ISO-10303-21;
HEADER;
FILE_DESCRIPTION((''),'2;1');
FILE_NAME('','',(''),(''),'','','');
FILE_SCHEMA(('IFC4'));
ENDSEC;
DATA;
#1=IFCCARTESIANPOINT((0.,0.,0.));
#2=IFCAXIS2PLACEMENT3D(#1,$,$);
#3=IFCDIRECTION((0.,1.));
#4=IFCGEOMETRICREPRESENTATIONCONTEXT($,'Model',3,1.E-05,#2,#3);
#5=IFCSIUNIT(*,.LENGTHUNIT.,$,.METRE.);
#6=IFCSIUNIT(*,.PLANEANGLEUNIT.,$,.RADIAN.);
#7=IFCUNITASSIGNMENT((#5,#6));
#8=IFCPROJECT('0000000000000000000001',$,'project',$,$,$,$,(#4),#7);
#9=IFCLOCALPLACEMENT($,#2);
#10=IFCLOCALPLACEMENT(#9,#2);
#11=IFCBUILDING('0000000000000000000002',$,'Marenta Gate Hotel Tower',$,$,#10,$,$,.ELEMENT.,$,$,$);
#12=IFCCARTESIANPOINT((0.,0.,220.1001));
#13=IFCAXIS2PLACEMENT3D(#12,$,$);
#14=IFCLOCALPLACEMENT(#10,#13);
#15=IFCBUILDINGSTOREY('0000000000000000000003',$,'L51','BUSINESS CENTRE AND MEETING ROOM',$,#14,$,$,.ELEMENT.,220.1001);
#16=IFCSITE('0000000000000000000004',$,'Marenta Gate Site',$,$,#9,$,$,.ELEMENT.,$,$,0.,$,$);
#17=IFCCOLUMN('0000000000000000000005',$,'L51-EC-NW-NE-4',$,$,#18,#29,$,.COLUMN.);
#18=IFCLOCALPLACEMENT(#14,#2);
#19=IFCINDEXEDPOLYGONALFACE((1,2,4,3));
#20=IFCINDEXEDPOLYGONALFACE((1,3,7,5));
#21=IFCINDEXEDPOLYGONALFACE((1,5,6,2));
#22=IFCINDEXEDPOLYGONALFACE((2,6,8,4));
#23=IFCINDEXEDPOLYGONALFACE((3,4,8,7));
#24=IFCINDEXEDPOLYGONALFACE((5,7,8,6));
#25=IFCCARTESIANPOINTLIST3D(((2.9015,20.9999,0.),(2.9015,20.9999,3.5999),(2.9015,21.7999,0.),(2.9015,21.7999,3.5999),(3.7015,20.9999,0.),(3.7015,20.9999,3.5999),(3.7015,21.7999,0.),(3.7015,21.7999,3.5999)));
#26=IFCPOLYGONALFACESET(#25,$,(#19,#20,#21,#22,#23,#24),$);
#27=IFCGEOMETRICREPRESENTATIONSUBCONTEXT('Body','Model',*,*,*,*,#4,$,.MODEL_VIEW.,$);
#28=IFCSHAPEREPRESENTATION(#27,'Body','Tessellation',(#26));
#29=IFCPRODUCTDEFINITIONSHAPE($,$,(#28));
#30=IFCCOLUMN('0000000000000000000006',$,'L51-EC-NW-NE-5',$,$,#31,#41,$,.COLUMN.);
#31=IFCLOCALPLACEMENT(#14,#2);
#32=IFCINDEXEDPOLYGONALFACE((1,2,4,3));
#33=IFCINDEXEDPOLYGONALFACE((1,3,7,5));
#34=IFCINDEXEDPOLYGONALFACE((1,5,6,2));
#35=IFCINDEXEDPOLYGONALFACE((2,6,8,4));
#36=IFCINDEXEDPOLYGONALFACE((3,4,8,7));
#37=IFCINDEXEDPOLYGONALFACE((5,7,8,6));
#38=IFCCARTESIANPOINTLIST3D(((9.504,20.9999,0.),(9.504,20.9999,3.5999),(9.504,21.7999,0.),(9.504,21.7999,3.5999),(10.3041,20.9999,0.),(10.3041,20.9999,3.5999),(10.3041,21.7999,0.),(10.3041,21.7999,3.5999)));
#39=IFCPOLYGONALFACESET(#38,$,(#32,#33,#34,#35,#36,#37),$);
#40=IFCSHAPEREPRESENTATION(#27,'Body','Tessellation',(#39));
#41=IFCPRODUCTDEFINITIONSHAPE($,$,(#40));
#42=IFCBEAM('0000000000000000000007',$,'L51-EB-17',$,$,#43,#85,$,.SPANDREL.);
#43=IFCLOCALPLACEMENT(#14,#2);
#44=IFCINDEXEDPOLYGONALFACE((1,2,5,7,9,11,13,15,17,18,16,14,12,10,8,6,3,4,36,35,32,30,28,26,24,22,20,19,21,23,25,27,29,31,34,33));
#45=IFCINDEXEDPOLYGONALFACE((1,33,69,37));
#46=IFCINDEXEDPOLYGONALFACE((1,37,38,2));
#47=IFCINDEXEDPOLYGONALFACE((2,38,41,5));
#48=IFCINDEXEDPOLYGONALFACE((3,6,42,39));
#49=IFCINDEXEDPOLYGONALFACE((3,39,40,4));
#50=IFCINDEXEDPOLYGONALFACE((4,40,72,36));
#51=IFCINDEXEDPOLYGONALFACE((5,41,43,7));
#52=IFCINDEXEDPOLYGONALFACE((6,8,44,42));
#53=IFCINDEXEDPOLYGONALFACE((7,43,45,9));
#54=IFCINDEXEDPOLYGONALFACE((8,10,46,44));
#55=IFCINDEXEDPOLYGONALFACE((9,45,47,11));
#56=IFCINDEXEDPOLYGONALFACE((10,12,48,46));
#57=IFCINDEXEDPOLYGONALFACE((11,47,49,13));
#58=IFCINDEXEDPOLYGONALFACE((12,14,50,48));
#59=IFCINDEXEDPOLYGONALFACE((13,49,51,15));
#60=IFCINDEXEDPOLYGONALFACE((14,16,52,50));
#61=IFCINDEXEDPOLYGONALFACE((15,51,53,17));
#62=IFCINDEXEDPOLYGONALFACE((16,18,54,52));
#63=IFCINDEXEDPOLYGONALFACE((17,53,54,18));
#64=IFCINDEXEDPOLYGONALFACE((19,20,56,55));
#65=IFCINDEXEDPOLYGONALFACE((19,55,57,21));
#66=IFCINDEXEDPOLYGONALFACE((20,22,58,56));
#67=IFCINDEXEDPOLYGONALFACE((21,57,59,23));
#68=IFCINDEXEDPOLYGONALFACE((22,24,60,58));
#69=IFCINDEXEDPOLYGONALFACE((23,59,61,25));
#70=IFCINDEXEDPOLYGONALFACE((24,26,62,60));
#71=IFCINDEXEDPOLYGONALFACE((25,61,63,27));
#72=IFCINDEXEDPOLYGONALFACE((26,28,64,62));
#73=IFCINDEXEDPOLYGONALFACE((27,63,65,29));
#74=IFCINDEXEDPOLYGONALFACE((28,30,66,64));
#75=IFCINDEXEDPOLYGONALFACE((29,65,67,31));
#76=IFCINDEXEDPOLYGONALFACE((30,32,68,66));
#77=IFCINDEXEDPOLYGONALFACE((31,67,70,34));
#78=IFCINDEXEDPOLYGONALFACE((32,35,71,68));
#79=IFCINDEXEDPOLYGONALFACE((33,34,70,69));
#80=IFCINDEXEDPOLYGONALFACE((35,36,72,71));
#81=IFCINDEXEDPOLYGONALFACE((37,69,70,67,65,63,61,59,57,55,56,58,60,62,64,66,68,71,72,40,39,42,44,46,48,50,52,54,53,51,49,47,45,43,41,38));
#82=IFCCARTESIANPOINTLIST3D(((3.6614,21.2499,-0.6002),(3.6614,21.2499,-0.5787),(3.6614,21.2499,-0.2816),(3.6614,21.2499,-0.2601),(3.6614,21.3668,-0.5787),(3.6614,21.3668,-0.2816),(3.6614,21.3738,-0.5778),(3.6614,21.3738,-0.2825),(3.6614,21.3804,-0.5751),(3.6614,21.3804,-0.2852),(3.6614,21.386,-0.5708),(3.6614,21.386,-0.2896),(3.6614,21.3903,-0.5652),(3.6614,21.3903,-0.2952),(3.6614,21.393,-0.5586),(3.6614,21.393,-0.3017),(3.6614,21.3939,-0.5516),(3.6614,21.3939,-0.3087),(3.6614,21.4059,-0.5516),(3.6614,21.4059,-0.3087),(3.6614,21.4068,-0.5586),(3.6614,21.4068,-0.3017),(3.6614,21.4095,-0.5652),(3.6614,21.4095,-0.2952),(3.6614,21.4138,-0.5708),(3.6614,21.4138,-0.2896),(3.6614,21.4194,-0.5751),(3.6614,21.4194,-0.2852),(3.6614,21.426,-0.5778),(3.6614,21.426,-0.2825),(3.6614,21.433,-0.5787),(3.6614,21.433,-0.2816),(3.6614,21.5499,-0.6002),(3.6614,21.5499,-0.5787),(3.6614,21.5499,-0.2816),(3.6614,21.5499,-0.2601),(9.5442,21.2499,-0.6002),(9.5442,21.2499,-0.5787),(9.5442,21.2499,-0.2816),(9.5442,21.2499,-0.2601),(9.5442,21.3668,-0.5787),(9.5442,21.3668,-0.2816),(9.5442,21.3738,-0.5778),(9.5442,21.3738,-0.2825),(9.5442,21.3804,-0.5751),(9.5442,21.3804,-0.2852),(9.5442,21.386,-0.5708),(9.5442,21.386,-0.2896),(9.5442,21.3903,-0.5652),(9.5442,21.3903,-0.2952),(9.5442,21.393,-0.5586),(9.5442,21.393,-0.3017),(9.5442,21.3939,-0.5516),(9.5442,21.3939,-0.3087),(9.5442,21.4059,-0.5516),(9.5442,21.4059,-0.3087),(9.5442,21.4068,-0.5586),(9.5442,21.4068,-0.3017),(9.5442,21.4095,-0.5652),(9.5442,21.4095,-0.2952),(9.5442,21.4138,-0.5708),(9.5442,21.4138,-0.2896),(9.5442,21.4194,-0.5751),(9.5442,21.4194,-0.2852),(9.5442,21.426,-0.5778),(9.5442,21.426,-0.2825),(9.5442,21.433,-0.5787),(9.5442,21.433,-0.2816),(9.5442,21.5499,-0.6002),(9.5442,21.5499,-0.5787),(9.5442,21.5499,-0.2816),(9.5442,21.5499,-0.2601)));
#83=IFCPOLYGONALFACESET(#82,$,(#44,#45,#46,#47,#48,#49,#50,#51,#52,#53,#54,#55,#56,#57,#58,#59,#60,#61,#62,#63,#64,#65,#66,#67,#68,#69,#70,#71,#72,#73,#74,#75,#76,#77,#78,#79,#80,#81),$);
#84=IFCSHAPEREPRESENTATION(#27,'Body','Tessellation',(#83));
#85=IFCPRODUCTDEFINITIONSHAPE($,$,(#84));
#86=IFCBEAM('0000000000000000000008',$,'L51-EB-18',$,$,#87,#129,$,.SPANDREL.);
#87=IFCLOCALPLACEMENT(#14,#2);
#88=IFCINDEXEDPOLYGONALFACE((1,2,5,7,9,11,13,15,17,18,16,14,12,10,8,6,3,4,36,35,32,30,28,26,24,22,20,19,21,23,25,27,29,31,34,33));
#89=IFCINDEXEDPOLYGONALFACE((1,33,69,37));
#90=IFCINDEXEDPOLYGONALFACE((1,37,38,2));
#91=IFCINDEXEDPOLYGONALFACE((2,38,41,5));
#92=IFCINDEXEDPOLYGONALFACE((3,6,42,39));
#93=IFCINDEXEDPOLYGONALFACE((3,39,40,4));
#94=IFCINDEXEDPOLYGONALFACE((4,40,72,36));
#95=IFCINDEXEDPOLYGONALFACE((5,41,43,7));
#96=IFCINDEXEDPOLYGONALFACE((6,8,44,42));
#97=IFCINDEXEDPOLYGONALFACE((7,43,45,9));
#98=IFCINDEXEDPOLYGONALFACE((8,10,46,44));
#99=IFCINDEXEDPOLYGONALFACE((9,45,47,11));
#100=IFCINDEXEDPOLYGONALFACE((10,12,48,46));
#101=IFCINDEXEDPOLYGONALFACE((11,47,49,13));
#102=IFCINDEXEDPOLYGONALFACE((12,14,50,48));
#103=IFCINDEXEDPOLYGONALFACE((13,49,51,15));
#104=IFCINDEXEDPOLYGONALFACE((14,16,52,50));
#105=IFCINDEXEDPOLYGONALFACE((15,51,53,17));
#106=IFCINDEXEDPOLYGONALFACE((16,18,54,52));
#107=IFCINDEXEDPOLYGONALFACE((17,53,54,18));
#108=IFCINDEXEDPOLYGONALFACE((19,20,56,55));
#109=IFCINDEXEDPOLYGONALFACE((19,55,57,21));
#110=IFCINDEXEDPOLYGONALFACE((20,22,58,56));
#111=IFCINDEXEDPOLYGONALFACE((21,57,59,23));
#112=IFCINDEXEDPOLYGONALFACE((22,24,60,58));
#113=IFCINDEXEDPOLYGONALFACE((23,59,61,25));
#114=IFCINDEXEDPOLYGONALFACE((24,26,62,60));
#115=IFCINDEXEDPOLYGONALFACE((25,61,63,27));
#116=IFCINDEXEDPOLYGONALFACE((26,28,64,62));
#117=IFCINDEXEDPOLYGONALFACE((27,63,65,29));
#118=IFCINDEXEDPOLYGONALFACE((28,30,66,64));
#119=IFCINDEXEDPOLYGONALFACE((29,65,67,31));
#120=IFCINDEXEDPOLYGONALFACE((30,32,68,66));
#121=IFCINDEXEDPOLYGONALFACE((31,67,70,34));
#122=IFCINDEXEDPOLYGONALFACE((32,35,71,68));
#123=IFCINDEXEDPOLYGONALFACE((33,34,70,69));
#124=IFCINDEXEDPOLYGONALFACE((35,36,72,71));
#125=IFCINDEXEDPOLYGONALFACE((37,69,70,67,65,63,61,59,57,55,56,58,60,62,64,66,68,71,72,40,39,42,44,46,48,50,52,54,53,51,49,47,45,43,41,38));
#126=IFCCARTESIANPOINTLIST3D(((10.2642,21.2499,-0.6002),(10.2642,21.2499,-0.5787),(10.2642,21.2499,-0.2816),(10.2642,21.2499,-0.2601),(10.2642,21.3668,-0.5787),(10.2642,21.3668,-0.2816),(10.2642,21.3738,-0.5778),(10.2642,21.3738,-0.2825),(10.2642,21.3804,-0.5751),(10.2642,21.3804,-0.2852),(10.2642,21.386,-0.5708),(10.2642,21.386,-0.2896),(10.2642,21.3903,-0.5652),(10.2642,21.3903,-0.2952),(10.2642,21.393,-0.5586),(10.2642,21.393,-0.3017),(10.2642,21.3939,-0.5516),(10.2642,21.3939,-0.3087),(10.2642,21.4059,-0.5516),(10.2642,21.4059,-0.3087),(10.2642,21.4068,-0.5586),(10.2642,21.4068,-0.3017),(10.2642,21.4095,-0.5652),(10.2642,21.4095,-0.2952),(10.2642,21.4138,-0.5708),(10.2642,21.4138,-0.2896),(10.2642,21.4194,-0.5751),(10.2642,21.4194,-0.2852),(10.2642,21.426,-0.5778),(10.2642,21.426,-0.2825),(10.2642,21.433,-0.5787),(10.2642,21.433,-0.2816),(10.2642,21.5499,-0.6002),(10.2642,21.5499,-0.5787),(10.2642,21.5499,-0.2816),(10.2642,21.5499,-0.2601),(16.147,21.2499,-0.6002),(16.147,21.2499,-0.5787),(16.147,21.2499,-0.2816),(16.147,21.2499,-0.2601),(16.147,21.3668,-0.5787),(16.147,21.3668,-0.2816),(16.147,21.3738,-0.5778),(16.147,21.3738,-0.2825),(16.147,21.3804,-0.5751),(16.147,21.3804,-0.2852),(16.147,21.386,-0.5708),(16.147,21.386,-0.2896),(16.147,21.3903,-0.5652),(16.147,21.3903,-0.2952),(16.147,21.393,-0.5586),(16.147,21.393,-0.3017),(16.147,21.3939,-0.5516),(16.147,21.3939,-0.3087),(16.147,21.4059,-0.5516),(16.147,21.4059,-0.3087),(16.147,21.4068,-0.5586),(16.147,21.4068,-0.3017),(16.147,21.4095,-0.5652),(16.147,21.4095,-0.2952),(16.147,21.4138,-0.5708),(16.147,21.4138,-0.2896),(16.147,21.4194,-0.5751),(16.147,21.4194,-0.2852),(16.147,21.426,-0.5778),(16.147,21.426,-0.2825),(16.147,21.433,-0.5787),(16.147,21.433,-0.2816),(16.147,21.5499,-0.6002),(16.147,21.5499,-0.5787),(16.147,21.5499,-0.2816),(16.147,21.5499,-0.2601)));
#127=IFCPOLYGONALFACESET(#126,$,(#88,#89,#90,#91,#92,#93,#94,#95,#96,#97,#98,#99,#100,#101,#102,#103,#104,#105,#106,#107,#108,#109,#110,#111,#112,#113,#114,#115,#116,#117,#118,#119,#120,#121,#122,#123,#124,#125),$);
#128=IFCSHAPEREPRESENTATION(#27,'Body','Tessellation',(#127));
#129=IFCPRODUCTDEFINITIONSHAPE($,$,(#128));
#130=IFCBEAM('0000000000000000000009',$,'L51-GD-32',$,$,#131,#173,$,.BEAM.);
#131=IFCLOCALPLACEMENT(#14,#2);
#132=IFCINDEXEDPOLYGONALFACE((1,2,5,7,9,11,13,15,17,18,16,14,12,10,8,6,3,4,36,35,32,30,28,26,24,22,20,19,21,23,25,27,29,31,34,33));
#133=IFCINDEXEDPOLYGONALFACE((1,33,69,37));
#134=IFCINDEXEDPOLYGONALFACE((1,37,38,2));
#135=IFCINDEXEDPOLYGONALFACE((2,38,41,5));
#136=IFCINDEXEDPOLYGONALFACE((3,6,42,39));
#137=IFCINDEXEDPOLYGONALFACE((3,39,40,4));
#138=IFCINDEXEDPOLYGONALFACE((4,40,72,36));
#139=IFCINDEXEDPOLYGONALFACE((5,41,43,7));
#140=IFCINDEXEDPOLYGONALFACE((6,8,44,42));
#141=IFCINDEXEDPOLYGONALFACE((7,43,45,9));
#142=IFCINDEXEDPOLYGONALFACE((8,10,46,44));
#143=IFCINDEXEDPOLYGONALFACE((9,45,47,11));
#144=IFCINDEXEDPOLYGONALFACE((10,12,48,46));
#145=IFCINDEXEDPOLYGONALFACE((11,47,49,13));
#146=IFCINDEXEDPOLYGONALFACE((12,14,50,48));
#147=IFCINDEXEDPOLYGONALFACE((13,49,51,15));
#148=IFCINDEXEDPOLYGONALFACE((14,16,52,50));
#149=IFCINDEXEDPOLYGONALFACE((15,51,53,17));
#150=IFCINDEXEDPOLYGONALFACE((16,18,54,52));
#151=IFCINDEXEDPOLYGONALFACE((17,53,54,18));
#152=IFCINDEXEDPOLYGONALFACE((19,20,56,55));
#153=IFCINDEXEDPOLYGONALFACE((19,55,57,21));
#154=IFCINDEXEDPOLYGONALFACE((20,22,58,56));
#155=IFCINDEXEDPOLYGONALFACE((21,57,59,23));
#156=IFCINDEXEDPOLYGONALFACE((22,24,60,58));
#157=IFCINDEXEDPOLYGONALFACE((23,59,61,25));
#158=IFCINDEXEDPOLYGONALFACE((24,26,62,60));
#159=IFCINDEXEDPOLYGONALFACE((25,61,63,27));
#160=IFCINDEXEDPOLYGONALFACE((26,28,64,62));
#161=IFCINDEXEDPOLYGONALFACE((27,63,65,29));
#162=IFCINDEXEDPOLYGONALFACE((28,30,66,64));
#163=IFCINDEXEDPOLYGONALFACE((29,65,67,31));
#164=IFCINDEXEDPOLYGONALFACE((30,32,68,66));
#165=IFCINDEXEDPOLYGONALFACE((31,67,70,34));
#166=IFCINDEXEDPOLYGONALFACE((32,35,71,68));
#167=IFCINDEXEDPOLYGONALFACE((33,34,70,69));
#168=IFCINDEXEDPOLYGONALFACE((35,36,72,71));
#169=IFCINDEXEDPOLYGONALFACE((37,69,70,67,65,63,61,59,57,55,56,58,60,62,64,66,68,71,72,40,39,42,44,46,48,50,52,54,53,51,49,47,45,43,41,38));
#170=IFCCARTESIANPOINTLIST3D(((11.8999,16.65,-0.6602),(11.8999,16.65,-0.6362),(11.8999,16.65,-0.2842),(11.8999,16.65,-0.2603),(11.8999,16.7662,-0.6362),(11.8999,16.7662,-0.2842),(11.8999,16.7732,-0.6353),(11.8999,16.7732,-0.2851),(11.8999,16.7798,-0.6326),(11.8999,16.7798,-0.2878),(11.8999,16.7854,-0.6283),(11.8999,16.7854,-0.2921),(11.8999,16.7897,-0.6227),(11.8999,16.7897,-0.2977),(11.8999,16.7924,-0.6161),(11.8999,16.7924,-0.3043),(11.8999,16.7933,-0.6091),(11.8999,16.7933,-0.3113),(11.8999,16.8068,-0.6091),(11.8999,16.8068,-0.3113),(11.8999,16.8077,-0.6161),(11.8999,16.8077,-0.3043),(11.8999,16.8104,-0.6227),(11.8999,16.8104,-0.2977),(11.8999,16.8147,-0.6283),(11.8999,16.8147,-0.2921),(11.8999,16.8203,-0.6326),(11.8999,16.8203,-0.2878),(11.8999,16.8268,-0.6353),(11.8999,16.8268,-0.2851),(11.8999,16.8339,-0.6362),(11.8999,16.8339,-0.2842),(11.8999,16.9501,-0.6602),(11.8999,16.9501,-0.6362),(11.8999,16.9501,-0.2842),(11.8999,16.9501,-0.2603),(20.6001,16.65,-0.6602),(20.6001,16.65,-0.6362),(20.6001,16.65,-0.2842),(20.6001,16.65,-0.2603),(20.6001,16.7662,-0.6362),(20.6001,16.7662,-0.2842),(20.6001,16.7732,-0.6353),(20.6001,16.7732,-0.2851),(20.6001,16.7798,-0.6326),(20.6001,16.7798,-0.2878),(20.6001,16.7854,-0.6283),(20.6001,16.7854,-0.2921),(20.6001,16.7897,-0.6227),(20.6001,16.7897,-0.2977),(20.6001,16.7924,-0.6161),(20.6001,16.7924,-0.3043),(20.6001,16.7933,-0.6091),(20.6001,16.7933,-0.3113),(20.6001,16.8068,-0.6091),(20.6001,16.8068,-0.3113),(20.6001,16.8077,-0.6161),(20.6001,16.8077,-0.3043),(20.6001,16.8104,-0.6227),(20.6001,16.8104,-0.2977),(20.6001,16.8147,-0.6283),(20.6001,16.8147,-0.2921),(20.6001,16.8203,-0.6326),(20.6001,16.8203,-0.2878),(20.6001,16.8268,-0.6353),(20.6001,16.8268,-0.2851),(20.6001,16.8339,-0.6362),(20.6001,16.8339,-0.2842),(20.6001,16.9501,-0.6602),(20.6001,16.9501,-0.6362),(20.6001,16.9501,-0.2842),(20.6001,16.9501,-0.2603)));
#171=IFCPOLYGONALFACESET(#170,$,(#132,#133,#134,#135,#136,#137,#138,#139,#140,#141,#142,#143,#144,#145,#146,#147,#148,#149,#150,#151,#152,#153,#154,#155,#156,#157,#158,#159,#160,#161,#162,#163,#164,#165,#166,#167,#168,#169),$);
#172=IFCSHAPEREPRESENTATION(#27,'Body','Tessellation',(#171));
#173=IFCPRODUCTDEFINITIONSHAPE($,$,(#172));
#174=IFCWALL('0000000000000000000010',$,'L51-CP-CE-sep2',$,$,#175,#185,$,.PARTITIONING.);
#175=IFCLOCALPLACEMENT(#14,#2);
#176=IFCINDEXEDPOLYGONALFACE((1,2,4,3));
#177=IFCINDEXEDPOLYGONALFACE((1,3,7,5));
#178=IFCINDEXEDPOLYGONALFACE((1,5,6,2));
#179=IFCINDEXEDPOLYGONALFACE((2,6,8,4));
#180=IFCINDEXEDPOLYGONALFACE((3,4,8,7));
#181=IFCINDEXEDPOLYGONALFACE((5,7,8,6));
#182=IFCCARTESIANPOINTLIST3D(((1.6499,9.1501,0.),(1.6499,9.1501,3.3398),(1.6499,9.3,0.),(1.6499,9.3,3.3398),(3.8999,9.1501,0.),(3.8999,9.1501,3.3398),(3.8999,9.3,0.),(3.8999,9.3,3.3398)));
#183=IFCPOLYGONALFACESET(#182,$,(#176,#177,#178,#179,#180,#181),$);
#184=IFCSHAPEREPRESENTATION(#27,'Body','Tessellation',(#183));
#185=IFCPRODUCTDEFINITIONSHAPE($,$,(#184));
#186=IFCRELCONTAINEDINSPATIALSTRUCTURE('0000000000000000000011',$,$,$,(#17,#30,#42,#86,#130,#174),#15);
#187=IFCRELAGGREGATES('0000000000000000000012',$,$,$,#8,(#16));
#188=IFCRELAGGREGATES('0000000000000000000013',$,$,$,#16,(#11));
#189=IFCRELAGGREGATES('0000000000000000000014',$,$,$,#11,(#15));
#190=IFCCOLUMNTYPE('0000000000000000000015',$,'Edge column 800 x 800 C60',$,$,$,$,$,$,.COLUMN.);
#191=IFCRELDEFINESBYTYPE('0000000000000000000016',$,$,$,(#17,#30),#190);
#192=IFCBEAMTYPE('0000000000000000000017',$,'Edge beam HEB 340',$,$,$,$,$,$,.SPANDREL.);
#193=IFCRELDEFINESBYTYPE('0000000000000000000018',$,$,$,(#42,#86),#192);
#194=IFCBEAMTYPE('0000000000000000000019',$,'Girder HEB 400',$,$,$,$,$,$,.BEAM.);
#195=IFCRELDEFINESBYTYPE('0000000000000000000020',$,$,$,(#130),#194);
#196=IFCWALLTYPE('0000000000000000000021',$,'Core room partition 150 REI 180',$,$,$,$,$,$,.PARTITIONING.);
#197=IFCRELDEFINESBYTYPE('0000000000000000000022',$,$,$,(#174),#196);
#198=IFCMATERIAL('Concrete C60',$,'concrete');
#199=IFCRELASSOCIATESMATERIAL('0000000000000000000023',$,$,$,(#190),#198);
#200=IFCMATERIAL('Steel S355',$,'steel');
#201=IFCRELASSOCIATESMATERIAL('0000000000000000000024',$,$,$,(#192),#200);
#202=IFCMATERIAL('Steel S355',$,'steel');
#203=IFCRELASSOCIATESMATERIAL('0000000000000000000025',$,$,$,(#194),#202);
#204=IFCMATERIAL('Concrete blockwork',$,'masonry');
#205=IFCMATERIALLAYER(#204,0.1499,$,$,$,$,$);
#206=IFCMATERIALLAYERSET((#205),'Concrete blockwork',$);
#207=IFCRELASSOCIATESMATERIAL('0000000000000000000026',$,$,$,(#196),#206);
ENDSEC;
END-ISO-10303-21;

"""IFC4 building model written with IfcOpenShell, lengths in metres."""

from ifc_helpers import new_model, si_unit, direction, frame, frame_2d, origin, origin_2d, place, context, subcontext, project, spatial, rectangle, i_section, extrude, material, layer, layer_set, material_profile, profile_set, type_object, element, save


model = new_model("IFC4")

# Units and contexts
model_context = context("Model", 3, precision=1e-05, world=origin(), true_north=direction((0.0, 1.0)))
body_context = subcontext(model_context, "Body", "Model", "MODEL_VIEW")
ifc_project = project(units=[si_unit("LENGTHUNIT", "METRE"), si_unit("PLANEANGLEUNIT", "RADIAN")], contexts=[model_context])

# Site, building, storey
site_placement = place(None, origin())
site = spatial("IfcSite", under=ifc_project, at=site_placement, Name="Marenta Gate Site", CompositionType="ELEMENT", RefElevation=0.0)
building_placement = place(site_placement, origin())
building = spatial("IfcBuilding", under=site, at=building_placement, Name="Marenta Gate Hotel Tower", CompositionType="ELEMENT")
storey_placement = place(building_placement, frame((0.0, 0.0, 220.1001)))
storey = spatial("IfcBuildingStorey", under=building, at=storey_placement, Name="L51", Description="BUSINESS CENTRE AND MEETING ROOM", CompositionType="ELEMENT", Elevation=220.1001)

# Columns
ifc_material_1 = material(Name="Concrete C60", Category="concrete")
ifc_material_profile_1 = material_profile(ifc_material_1, rectangle(XDim=0.8, YDim=0.8, at=origin_2d()), Name="800 x 800")
ifc_profile_set_1 = profile_set([ifc_material_profile_1], Name="Concrete C60")
column_type = type_object("IfcColumnType", Name="Edge column 800 x 800 C60", PredefinedType="COLUMN", material=ifc_profile_set_1)
for number, where, z_axis, x_axis, name in (
    (1, (3.3015, 21.3999, 0.0), (0.0, 0.0, 1.0), (1.0, 0.0, 0.0), "L51-EC-NW-NE-4"),
    (2, (9.9041, 21.3999, 0.0), (0.0, 0.0, 1.0), (1.0, 0.0, 0.0), "L51-EC-NW-NE-5"),
):
    element("IfcColumn", number, at=place(storey_placement, frame(where, z_axis=z_axis, x_axis=x_axis)), inside=storey, type_object=column_type, Name=name, PredefinedType="COLUMN", context=body_context, shape_type="SweptSolid", body=[
        extrude(rectangle(XDim=0.8, YDim=0.8, at=origin_2d()), origin(), (0.0, 0.0, 1.0), 3.5999),
    ])

# Beams
ifc_material_2 = material(Name="Steel S355", Category="steel")
ifc_material_profile_2 = material_profile(ifc_material_2, i_section(OverallWidth=0.3, OverallDepth=0.3401, WebThickness=0.012, FlangeThickness=0.0215, FilletRadius=0.0271, at=origin_2d()), Name="HEB 340")
ifc_profile_set_2 = profile_set([ifc_material_profile_2], Name="Steel S355")
beam_type_1 = type_object("IfcBeamType", Name="Edge beam HEB 340", PredefinedType="SPANDREL", material=ifc_profile_set_2)
for number, where, z_axis, x_axis, name in (
    (3, (3.6614, 21.3999, -0.4302), (1.0, 0.0, 0.0), (0.0, 1.0, 0.0), "L51-EB-17"),
    (4, (10.2642, 21.3999, -0.4302), (1.0, 0.0, 0.0), (0.0, 1.0, 0.0), "L51-EB-18"),
):
    element("IfcBeam", number, at=place(storey_placement, frame(where, z_axis=z_axis, x_axis=x_axis)), inside=storey, type_object=beam_type_1, Name=name, PredefinedType="SPANDREL", context=body_context, shape_type="SweptSolid", body=[
        extrude(i_section(OverallWidth=0.3, OverallDepth=0.3401, WebThickness=0.012, FlangeThickness=0.0215, FilletRadius=0.0271, at=origin_2d()), origin(), (0.0, 0.0, 1.0), 5.8828),
    ])
ifc_material_3 = material(Name="Steel S355", Category="steel")
ifc_material_profile_3 = material_profile(ifc_material_3, i_section(OverallWidth=0.3, OverallDepth=0.3999, WebThickness=0.0134, FlangeThickness=0.0239, FilletRadius=0.0271, at=origin_2d()), Name="HEB 400")
ifc_profile_set_3 = profile_set([ifc_material_profile_3], Name="Steel S355")
beam_type_2 = type_object("IfcBeamType", Name="Girder HEB 400", PredefinedType="BEAM", material=ifc_profile_set_3)
beam_placement = place(storey_placement, frame((11.8999, 16.8, -0.4602), z_axis=(1.0, 0.0, 0.0), x_axis=(0.0, 1.0, 0.0)))
element("IfcBeam", 5, at=beam_placement, inside=storey, type_object=beam_type_2, Name="L51-GD-32", PredefinedType="BEAM", context=body_context, shape_type="SweptSolid", body=[
    extrude(i_section(OverallWidth=0.3, OverallDepth=0.3999, WebThickness=0.0134, FlangeThickness=0.0239, FilletRadius=0.0271, at=origin_2d()), origin(), (0.0, 0.0, 1.0), 8.7002),
])

# Wall
ifc_material_4 = material(Name="Concrete blockwork", Category="masonry")
ifc_layer_1 = layer(ifc_material_4, 0.1499)
ifc_layer_set_1 = layer_set([ifc_layer_1], Name="Concrete blockwork")
wall_type_1 = type_object("IfcWallType", Name="Core room partition 150 REI 180", PredefinedType="PARTITIONING", material=ifc_layer_set_1)
wall_1_placement = place(storey_placement, frame((1.6499, 9.2251, 0.0), z_axis=(0.0, 0.0, 1.0), x_axis=(1.0, 0.0, 0.0)))
element("IfcWall", 6, at=wall_1_placement, inside=storey, type_object=wall_type_1, Name="L51-CP-CE-sep2", PredefinedType="PARTITIONING", context=body_context, shape_type="SweptSolid", body=[
    extrude(rectangle(XDim=2.25, YDim=0.1499, at=frame_2d((1.125, 0.0))), origin(), (0.0, 0.0, 1.0), 3.3398),
])

save(model, "model.ifc")
